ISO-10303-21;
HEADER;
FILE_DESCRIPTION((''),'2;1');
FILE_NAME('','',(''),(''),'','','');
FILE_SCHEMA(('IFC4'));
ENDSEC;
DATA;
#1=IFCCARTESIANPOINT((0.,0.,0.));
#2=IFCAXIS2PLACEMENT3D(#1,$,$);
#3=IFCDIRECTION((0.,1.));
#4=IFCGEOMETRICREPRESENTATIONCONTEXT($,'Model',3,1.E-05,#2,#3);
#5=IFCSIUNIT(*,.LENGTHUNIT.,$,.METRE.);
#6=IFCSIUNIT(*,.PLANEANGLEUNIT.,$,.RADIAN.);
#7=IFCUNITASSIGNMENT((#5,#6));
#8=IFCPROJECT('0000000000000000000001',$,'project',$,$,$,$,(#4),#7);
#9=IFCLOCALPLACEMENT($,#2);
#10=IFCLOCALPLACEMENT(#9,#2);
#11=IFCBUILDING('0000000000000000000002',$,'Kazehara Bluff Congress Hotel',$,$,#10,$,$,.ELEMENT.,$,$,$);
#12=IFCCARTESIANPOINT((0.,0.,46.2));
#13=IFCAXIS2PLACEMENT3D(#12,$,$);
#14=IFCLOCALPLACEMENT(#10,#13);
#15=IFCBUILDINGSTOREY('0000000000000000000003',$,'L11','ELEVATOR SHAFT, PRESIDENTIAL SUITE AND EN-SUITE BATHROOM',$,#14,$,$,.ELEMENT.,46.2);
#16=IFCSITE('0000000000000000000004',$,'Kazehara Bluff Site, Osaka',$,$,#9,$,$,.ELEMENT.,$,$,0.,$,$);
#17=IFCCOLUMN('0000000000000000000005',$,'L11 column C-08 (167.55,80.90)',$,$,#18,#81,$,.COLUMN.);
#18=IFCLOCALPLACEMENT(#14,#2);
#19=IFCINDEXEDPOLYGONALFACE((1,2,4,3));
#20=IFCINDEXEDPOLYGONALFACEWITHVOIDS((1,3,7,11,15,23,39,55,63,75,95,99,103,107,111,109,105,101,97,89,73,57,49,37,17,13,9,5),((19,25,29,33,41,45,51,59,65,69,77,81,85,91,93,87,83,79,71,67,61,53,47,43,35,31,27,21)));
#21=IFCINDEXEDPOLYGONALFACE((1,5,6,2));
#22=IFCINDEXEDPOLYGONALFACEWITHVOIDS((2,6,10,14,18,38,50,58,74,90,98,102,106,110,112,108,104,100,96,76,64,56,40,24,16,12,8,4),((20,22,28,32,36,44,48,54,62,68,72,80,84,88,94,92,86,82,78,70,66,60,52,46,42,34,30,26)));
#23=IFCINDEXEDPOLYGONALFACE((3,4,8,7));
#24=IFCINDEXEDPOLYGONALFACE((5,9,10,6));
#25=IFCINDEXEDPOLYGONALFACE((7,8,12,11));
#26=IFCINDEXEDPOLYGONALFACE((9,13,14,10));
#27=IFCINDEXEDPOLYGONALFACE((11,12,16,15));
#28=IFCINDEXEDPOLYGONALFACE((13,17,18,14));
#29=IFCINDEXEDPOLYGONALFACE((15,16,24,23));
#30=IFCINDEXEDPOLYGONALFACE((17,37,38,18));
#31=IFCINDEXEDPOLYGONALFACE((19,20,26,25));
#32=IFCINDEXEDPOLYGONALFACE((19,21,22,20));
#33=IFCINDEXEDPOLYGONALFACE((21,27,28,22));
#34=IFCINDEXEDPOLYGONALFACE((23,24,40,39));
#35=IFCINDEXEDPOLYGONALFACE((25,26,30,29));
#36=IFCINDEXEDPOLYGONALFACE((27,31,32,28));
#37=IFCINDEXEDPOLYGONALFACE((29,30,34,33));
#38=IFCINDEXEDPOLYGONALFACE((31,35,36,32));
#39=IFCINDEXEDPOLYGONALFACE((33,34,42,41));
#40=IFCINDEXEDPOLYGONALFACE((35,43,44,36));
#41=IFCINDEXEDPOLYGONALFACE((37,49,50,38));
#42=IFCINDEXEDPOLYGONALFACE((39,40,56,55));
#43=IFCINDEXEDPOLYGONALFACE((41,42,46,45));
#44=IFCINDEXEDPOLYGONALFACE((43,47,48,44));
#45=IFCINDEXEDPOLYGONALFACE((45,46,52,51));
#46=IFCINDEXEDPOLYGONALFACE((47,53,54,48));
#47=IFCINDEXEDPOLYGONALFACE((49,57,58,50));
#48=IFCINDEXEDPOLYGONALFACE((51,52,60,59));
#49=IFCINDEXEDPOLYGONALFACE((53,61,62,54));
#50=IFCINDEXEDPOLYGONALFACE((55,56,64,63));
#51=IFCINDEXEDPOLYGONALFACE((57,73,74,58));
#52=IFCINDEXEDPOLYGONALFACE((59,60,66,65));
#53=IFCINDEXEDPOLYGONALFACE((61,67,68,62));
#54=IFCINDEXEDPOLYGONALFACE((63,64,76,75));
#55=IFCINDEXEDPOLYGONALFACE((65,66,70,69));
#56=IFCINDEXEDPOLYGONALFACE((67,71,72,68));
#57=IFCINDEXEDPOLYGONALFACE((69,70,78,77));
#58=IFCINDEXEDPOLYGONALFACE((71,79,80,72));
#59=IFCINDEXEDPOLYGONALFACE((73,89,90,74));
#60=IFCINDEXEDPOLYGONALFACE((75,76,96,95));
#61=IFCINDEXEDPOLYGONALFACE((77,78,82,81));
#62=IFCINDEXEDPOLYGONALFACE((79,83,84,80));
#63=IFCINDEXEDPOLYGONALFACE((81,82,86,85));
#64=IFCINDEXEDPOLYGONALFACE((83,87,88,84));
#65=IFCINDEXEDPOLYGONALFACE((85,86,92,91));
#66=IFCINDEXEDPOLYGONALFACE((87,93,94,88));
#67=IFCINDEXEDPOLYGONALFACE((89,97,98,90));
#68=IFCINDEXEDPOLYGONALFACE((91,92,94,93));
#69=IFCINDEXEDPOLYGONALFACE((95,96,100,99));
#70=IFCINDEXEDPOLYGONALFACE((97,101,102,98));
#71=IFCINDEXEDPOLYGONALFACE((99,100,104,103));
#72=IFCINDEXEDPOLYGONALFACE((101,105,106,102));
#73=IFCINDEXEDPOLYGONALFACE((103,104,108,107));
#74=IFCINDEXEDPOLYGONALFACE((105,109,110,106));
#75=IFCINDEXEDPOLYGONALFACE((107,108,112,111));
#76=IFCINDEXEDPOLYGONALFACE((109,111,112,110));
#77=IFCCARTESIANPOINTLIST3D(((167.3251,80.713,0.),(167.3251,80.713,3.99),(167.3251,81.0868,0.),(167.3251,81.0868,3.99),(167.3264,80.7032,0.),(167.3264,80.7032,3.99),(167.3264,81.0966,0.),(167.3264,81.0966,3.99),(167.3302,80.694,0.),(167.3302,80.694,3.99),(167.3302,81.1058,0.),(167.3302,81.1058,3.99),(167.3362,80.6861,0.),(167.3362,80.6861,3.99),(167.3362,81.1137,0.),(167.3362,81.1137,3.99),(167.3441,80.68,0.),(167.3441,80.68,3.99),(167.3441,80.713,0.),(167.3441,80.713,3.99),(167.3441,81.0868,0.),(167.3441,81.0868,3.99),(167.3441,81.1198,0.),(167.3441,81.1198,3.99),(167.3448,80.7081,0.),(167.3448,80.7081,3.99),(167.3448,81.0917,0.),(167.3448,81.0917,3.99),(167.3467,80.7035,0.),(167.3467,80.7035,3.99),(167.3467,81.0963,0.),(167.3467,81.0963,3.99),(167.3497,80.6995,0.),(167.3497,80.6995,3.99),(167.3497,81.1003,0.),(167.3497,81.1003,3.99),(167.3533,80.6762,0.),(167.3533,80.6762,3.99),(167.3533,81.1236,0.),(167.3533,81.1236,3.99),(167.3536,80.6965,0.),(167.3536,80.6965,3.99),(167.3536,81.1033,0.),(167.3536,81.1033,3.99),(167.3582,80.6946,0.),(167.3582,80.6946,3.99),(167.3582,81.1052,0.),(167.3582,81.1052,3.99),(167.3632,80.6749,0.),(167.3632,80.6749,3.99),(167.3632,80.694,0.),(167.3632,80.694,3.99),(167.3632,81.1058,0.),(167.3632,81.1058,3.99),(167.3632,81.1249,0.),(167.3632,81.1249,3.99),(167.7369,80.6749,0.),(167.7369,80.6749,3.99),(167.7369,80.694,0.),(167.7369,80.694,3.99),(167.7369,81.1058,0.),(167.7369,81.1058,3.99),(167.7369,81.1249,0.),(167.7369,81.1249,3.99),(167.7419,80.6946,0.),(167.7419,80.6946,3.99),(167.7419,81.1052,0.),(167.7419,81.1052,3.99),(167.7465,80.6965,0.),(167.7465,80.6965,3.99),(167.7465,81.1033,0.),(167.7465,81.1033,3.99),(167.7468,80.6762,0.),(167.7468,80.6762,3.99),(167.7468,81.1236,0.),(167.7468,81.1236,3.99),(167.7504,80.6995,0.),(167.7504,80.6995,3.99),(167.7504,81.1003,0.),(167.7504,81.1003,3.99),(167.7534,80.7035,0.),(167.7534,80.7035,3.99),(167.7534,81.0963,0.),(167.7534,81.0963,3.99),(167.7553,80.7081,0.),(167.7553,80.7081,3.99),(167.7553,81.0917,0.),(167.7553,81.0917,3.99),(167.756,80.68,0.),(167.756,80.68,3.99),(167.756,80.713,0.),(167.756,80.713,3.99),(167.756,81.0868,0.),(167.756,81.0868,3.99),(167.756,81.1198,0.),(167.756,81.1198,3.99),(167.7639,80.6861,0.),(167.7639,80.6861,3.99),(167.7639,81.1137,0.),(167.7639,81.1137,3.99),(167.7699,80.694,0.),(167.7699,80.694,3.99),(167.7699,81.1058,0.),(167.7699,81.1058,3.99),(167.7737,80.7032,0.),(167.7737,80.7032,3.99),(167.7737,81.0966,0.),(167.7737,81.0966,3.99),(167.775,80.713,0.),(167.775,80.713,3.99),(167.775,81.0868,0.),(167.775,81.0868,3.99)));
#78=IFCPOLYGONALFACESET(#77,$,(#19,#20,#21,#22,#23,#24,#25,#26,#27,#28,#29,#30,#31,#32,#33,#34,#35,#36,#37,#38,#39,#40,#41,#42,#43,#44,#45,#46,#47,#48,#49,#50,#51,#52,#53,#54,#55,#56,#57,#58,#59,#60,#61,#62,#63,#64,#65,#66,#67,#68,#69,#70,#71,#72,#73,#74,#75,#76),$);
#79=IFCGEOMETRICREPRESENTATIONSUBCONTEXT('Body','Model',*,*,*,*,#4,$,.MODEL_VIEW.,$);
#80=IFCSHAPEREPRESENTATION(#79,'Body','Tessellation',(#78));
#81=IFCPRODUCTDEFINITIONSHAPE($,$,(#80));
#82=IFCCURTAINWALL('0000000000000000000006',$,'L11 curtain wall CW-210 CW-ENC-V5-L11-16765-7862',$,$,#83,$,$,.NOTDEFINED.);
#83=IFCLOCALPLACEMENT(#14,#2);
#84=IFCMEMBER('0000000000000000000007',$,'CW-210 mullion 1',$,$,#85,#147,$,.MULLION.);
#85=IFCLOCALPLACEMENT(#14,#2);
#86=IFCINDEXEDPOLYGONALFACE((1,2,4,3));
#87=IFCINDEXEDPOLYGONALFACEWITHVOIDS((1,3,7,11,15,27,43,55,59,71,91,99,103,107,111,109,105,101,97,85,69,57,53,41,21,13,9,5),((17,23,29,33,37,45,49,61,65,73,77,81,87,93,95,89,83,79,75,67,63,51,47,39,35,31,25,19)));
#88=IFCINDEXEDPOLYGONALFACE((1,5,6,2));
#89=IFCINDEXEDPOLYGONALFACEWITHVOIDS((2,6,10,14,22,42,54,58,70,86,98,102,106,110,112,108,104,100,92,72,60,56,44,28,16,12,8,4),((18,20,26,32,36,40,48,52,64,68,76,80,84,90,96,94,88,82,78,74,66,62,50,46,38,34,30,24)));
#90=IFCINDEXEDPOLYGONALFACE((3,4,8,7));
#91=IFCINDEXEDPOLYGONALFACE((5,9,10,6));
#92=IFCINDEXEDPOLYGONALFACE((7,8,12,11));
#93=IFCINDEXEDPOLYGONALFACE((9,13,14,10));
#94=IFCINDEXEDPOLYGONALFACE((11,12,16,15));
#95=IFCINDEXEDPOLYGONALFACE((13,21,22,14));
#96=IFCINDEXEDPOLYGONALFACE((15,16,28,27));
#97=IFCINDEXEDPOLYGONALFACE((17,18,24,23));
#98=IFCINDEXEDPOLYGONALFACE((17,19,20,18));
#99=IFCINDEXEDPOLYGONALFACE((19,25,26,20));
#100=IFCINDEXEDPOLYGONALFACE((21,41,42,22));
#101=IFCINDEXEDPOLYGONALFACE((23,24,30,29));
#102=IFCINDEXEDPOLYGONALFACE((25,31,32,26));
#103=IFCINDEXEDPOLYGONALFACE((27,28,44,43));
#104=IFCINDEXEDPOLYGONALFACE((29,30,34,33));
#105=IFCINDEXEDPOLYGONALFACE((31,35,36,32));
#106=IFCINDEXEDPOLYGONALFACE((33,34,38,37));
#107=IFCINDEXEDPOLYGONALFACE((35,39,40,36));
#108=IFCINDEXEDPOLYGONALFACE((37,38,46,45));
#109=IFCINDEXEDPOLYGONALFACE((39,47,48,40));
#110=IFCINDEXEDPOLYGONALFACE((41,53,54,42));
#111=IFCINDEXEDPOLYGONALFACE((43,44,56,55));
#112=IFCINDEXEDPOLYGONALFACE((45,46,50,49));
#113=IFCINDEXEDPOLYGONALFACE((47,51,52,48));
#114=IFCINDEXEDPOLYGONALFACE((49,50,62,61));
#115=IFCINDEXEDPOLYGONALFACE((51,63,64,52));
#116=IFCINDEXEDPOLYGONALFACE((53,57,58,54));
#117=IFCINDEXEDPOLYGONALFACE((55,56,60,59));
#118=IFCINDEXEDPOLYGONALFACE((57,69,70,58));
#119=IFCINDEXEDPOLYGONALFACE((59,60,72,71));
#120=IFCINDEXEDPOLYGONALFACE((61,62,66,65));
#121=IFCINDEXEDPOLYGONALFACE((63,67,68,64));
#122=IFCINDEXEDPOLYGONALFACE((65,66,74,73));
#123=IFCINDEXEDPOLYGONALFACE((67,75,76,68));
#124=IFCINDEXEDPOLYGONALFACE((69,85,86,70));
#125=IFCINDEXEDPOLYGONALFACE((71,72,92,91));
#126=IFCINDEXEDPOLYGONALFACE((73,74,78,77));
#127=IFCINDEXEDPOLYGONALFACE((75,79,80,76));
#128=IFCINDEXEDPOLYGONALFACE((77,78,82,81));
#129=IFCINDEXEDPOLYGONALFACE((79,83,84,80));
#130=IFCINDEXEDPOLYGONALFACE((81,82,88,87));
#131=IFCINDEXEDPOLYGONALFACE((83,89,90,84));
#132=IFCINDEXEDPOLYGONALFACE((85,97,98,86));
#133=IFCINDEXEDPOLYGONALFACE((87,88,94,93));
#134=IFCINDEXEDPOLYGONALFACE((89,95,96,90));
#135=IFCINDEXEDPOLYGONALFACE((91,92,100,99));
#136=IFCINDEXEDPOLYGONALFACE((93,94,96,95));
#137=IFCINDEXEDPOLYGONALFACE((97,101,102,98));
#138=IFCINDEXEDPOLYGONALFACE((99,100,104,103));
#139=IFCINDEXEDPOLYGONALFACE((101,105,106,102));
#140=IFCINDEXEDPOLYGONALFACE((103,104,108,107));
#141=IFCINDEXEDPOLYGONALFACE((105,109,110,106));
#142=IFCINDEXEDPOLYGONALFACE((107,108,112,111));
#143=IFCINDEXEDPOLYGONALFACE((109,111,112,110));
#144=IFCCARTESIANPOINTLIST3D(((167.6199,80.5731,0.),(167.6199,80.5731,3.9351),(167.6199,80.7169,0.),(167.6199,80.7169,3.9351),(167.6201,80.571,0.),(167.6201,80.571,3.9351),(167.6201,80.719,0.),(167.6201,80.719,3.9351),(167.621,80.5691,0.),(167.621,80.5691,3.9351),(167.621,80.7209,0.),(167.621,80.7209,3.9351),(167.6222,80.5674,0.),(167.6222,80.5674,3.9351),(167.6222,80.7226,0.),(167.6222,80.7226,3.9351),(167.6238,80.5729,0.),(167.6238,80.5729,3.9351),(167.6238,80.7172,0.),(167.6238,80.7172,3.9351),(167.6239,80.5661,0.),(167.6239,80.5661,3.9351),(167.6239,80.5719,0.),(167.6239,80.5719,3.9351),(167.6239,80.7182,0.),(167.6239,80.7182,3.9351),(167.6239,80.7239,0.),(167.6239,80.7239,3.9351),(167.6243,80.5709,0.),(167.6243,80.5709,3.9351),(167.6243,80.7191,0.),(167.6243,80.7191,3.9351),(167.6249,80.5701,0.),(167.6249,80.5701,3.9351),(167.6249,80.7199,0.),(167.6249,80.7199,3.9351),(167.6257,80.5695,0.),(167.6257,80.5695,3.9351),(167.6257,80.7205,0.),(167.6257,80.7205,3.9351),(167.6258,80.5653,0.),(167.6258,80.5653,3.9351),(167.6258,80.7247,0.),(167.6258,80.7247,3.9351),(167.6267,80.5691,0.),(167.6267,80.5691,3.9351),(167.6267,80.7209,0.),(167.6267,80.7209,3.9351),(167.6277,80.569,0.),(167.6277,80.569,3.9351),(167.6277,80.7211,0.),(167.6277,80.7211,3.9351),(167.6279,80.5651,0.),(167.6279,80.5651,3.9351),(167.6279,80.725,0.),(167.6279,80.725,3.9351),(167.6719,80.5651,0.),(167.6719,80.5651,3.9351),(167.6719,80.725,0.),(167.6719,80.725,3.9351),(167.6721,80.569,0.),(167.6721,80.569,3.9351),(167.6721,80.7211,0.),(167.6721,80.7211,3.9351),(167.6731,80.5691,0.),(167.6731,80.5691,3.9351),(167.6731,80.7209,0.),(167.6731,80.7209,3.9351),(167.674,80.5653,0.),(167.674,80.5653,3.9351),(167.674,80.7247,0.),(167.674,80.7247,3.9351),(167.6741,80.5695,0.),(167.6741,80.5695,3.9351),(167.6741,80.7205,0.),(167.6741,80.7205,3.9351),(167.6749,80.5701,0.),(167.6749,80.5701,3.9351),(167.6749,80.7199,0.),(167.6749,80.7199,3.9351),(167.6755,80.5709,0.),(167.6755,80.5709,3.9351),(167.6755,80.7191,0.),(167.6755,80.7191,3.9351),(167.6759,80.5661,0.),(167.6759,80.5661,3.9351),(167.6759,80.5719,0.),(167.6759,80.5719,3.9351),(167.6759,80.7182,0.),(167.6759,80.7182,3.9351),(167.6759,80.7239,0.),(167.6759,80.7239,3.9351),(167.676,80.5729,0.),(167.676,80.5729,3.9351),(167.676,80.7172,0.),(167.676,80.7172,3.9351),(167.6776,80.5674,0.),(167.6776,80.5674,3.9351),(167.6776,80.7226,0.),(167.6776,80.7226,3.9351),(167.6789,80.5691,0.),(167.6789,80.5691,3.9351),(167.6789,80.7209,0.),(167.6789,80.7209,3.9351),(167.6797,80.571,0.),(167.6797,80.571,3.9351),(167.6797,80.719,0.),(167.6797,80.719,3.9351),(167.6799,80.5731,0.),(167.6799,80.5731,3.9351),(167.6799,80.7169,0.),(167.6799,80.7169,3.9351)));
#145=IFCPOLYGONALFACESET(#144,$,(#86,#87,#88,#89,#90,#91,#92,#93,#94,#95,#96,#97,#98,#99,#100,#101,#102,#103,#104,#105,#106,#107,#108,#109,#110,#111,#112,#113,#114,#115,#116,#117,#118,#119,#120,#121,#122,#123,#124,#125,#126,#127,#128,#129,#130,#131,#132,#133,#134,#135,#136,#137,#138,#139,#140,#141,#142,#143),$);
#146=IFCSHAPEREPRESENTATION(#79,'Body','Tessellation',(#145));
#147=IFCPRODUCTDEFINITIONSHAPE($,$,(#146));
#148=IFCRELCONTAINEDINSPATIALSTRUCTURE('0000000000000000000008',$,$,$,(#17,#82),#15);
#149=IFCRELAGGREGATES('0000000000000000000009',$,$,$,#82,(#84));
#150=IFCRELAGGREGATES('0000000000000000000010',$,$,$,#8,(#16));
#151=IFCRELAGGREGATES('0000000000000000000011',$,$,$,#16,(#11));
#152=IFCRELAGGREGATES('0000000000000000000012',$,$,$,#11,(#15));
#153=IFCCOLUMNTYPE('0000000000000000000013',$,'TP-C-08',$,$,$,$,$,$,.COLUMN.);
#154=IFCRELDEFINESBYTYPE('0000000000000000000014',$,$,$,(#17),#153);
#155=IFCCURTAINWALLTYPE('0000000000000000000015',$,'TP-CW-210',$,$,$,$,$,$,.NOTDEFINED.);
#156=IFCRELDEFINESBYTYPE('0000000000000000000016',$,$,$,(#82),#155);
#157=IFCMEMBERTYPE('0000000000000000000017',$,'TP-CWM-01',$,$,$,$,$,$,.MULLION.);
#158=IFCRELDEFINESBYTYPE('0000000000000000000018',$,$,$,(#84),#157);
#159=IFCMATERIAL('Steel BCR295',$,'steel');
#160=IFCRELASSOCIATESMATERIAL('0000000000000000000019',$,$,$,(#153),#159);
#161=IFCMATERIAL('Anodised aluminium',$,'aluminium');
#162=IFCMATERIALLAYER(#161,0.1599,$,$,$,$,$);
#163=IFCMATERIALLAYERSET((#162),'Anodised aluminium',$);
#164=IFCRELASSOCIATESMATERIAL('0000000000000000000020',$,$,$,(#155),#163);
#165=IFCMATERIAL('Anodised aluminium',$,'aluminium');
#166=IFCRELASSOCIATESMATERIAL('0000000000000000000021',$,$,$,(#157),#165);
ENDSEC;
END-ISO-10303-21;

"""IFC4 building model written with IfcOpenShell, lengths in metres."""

from ifc_helpers import new_model, si_unit, direction, frame, origin, origin_2d, place, context, subcontext, project, spatial, hollow_rectangle, extrude, material, layer, layer_set, material_profile, profile_set, type_object, element, aggregate, save


model = new_model("IFC4")

# Units and contexts
model_context = context("Model", 3, precision=1e-05, world=origin(), true_north=direction((0.0, 1.0)))
body_context = subcontext(model_context, "Body", "Model", "MODEL_VIEW")
ifc_project = project(units=[si_unit("LENGTHUNIT", "METRE"), si_unit("PLANEANGLEUNIT", "RADIAN")], contexts=[model_context])

# Site, building, storey
site_placement = place(None, origin())
site = spatial("IfcSite", under=ifc_project, at=site_placement, Name="Kazehara Bluff Site, Osaka", CompositionType="ELEMENT", RefElevation=0.0)
building_placement = place(site_placement, origin())
building = spatial("IfcBuilding", under=site, at=building_placement, Name="Kazehara Bluff Congress Hotel", CompositionType="ELEMENT")
storey_placement = place(building_placement, frame((0.0, 0.0, 46.2)))
storey = spatial("IfcBuildingStorey", under=building, at=storey_placement, Name="L11", Description="ELEVATOR SHAFT, PRESIDENTIAL SUITE AND EN-SUITE BATHROOM", CompositionType="ELEMENT", Elevation=46.2)

# Column
ifc_material_1 = material(Name="Steel BCR295", Category="steel")
ifc_material_profile_1 = material_profile(ifc_material_1, hollow_rectangle(XDim=0.45, YDim=0.45, WallThickness=0.019, InnerFilletRadius=0.019, OuterFilletRadius=0.0381, at=origin_2d()))
ifc_profile_set_1 = profile_set([ifc_material_profile_1], Name="Steel BCR295")
column_type = type_object("IfcColumnType", Name="TP-C-08", PredefinedType="COLUMN", material=ifc_profile_set_1)
column_placement = place(storey_placement, frame((167.55, 80.8999, 0.0), z_axis=(0.0, 0.0, 1.0), x_axis=(1.0, 0.0, 0.0)))
element("IfcColumn", 1, at=column_placement, inside=storey, type_object=column_type, Name="L11 column C-08 (167.55,80.90)", PredefinedType="COLUMN", context=body_context, shape_type="SweptSolid", body=[
    extrude(hollow_rectangle(XDim=0.45, YDim=0.45, WallThickness=0.019, InnerFilletRadius=0.019, OuterFilletRadius=0.0381, at=origin_2d()), origin(), (0.0, 0.0, 1.0), 3.99),
])

# Curtain wall, member
ifc_material_2 = material(Name="Anodised aluminium", Category="aluminium")
ifc_layer_1 = layer(ifc_material_2, 0.1599)
ifc_layer_set_1 = layer_set([ifc_layer_1], Name="Anodised aluminium")
curtain_wall_type_1 = type_object("IfcCurtainWallType", Name="TP-CW-210", PredefinedType="NOTDEFINED", material=ifc_layer_set_1)
curtain_wall_1_placement = place(storey_placement, origin())
curtain_wall_1 = element("IfcCurtainWall", 2, at=curtain_wall_1_placement, inside=storey, type_object=curtain_wall_type_1, Name="L11 curtain wall CW-210 CW-ENC-V5-L11-16765-7862", PredefinedType="NOTDEFINED")
ifc_material_3 = material(Name="Anodised aluminium", Category="aluminium")
ifc_material_profile_2 = material_profile(ifc_material_3, hollow_rectangle(XDim=0.0601, YDim=0.1599, WallThickness=0.0039, InnerFilletRadius=0.0039, OuterFilletRadius=0.0081, at=origin_2d()))
ifc_profile_set_2 = profile_set([ifc_material_profile_2], Name="Anodised aluminium")
member_type_1 = type_object("IfcMemberType", Name="TP-CWM-01", PredefinedType="MULLION", material=ifc_profile_set_2)
member_1_placement = place(storey_placement, frame((167.6499, 80.645, 0.0), z_axis=(0.0, 0.0, 1.0), x_axis=(1.0, 0.0, 0.0)))
member_1 = element("IfcMember", 3, at=member_1_placement, type_object=member_type_1, Name="CW-210 mullion 1", PredefinedType="MULLION", context=body_context, shape_type="SweptSolid", body=[
    extrude(hollow_rectangle(XDim=0.0601, YDim=0.1599, WallThickness=0.0039, InnerFilletRadius=0.0039, OuterFilletRadius=0.0081, at=origin_2d()), origin(), (0.0, 0.0, 1.0), 3.9351),
])

aggregate(curtain_wall_1, [member_1])

save(model, "model.ifc")
